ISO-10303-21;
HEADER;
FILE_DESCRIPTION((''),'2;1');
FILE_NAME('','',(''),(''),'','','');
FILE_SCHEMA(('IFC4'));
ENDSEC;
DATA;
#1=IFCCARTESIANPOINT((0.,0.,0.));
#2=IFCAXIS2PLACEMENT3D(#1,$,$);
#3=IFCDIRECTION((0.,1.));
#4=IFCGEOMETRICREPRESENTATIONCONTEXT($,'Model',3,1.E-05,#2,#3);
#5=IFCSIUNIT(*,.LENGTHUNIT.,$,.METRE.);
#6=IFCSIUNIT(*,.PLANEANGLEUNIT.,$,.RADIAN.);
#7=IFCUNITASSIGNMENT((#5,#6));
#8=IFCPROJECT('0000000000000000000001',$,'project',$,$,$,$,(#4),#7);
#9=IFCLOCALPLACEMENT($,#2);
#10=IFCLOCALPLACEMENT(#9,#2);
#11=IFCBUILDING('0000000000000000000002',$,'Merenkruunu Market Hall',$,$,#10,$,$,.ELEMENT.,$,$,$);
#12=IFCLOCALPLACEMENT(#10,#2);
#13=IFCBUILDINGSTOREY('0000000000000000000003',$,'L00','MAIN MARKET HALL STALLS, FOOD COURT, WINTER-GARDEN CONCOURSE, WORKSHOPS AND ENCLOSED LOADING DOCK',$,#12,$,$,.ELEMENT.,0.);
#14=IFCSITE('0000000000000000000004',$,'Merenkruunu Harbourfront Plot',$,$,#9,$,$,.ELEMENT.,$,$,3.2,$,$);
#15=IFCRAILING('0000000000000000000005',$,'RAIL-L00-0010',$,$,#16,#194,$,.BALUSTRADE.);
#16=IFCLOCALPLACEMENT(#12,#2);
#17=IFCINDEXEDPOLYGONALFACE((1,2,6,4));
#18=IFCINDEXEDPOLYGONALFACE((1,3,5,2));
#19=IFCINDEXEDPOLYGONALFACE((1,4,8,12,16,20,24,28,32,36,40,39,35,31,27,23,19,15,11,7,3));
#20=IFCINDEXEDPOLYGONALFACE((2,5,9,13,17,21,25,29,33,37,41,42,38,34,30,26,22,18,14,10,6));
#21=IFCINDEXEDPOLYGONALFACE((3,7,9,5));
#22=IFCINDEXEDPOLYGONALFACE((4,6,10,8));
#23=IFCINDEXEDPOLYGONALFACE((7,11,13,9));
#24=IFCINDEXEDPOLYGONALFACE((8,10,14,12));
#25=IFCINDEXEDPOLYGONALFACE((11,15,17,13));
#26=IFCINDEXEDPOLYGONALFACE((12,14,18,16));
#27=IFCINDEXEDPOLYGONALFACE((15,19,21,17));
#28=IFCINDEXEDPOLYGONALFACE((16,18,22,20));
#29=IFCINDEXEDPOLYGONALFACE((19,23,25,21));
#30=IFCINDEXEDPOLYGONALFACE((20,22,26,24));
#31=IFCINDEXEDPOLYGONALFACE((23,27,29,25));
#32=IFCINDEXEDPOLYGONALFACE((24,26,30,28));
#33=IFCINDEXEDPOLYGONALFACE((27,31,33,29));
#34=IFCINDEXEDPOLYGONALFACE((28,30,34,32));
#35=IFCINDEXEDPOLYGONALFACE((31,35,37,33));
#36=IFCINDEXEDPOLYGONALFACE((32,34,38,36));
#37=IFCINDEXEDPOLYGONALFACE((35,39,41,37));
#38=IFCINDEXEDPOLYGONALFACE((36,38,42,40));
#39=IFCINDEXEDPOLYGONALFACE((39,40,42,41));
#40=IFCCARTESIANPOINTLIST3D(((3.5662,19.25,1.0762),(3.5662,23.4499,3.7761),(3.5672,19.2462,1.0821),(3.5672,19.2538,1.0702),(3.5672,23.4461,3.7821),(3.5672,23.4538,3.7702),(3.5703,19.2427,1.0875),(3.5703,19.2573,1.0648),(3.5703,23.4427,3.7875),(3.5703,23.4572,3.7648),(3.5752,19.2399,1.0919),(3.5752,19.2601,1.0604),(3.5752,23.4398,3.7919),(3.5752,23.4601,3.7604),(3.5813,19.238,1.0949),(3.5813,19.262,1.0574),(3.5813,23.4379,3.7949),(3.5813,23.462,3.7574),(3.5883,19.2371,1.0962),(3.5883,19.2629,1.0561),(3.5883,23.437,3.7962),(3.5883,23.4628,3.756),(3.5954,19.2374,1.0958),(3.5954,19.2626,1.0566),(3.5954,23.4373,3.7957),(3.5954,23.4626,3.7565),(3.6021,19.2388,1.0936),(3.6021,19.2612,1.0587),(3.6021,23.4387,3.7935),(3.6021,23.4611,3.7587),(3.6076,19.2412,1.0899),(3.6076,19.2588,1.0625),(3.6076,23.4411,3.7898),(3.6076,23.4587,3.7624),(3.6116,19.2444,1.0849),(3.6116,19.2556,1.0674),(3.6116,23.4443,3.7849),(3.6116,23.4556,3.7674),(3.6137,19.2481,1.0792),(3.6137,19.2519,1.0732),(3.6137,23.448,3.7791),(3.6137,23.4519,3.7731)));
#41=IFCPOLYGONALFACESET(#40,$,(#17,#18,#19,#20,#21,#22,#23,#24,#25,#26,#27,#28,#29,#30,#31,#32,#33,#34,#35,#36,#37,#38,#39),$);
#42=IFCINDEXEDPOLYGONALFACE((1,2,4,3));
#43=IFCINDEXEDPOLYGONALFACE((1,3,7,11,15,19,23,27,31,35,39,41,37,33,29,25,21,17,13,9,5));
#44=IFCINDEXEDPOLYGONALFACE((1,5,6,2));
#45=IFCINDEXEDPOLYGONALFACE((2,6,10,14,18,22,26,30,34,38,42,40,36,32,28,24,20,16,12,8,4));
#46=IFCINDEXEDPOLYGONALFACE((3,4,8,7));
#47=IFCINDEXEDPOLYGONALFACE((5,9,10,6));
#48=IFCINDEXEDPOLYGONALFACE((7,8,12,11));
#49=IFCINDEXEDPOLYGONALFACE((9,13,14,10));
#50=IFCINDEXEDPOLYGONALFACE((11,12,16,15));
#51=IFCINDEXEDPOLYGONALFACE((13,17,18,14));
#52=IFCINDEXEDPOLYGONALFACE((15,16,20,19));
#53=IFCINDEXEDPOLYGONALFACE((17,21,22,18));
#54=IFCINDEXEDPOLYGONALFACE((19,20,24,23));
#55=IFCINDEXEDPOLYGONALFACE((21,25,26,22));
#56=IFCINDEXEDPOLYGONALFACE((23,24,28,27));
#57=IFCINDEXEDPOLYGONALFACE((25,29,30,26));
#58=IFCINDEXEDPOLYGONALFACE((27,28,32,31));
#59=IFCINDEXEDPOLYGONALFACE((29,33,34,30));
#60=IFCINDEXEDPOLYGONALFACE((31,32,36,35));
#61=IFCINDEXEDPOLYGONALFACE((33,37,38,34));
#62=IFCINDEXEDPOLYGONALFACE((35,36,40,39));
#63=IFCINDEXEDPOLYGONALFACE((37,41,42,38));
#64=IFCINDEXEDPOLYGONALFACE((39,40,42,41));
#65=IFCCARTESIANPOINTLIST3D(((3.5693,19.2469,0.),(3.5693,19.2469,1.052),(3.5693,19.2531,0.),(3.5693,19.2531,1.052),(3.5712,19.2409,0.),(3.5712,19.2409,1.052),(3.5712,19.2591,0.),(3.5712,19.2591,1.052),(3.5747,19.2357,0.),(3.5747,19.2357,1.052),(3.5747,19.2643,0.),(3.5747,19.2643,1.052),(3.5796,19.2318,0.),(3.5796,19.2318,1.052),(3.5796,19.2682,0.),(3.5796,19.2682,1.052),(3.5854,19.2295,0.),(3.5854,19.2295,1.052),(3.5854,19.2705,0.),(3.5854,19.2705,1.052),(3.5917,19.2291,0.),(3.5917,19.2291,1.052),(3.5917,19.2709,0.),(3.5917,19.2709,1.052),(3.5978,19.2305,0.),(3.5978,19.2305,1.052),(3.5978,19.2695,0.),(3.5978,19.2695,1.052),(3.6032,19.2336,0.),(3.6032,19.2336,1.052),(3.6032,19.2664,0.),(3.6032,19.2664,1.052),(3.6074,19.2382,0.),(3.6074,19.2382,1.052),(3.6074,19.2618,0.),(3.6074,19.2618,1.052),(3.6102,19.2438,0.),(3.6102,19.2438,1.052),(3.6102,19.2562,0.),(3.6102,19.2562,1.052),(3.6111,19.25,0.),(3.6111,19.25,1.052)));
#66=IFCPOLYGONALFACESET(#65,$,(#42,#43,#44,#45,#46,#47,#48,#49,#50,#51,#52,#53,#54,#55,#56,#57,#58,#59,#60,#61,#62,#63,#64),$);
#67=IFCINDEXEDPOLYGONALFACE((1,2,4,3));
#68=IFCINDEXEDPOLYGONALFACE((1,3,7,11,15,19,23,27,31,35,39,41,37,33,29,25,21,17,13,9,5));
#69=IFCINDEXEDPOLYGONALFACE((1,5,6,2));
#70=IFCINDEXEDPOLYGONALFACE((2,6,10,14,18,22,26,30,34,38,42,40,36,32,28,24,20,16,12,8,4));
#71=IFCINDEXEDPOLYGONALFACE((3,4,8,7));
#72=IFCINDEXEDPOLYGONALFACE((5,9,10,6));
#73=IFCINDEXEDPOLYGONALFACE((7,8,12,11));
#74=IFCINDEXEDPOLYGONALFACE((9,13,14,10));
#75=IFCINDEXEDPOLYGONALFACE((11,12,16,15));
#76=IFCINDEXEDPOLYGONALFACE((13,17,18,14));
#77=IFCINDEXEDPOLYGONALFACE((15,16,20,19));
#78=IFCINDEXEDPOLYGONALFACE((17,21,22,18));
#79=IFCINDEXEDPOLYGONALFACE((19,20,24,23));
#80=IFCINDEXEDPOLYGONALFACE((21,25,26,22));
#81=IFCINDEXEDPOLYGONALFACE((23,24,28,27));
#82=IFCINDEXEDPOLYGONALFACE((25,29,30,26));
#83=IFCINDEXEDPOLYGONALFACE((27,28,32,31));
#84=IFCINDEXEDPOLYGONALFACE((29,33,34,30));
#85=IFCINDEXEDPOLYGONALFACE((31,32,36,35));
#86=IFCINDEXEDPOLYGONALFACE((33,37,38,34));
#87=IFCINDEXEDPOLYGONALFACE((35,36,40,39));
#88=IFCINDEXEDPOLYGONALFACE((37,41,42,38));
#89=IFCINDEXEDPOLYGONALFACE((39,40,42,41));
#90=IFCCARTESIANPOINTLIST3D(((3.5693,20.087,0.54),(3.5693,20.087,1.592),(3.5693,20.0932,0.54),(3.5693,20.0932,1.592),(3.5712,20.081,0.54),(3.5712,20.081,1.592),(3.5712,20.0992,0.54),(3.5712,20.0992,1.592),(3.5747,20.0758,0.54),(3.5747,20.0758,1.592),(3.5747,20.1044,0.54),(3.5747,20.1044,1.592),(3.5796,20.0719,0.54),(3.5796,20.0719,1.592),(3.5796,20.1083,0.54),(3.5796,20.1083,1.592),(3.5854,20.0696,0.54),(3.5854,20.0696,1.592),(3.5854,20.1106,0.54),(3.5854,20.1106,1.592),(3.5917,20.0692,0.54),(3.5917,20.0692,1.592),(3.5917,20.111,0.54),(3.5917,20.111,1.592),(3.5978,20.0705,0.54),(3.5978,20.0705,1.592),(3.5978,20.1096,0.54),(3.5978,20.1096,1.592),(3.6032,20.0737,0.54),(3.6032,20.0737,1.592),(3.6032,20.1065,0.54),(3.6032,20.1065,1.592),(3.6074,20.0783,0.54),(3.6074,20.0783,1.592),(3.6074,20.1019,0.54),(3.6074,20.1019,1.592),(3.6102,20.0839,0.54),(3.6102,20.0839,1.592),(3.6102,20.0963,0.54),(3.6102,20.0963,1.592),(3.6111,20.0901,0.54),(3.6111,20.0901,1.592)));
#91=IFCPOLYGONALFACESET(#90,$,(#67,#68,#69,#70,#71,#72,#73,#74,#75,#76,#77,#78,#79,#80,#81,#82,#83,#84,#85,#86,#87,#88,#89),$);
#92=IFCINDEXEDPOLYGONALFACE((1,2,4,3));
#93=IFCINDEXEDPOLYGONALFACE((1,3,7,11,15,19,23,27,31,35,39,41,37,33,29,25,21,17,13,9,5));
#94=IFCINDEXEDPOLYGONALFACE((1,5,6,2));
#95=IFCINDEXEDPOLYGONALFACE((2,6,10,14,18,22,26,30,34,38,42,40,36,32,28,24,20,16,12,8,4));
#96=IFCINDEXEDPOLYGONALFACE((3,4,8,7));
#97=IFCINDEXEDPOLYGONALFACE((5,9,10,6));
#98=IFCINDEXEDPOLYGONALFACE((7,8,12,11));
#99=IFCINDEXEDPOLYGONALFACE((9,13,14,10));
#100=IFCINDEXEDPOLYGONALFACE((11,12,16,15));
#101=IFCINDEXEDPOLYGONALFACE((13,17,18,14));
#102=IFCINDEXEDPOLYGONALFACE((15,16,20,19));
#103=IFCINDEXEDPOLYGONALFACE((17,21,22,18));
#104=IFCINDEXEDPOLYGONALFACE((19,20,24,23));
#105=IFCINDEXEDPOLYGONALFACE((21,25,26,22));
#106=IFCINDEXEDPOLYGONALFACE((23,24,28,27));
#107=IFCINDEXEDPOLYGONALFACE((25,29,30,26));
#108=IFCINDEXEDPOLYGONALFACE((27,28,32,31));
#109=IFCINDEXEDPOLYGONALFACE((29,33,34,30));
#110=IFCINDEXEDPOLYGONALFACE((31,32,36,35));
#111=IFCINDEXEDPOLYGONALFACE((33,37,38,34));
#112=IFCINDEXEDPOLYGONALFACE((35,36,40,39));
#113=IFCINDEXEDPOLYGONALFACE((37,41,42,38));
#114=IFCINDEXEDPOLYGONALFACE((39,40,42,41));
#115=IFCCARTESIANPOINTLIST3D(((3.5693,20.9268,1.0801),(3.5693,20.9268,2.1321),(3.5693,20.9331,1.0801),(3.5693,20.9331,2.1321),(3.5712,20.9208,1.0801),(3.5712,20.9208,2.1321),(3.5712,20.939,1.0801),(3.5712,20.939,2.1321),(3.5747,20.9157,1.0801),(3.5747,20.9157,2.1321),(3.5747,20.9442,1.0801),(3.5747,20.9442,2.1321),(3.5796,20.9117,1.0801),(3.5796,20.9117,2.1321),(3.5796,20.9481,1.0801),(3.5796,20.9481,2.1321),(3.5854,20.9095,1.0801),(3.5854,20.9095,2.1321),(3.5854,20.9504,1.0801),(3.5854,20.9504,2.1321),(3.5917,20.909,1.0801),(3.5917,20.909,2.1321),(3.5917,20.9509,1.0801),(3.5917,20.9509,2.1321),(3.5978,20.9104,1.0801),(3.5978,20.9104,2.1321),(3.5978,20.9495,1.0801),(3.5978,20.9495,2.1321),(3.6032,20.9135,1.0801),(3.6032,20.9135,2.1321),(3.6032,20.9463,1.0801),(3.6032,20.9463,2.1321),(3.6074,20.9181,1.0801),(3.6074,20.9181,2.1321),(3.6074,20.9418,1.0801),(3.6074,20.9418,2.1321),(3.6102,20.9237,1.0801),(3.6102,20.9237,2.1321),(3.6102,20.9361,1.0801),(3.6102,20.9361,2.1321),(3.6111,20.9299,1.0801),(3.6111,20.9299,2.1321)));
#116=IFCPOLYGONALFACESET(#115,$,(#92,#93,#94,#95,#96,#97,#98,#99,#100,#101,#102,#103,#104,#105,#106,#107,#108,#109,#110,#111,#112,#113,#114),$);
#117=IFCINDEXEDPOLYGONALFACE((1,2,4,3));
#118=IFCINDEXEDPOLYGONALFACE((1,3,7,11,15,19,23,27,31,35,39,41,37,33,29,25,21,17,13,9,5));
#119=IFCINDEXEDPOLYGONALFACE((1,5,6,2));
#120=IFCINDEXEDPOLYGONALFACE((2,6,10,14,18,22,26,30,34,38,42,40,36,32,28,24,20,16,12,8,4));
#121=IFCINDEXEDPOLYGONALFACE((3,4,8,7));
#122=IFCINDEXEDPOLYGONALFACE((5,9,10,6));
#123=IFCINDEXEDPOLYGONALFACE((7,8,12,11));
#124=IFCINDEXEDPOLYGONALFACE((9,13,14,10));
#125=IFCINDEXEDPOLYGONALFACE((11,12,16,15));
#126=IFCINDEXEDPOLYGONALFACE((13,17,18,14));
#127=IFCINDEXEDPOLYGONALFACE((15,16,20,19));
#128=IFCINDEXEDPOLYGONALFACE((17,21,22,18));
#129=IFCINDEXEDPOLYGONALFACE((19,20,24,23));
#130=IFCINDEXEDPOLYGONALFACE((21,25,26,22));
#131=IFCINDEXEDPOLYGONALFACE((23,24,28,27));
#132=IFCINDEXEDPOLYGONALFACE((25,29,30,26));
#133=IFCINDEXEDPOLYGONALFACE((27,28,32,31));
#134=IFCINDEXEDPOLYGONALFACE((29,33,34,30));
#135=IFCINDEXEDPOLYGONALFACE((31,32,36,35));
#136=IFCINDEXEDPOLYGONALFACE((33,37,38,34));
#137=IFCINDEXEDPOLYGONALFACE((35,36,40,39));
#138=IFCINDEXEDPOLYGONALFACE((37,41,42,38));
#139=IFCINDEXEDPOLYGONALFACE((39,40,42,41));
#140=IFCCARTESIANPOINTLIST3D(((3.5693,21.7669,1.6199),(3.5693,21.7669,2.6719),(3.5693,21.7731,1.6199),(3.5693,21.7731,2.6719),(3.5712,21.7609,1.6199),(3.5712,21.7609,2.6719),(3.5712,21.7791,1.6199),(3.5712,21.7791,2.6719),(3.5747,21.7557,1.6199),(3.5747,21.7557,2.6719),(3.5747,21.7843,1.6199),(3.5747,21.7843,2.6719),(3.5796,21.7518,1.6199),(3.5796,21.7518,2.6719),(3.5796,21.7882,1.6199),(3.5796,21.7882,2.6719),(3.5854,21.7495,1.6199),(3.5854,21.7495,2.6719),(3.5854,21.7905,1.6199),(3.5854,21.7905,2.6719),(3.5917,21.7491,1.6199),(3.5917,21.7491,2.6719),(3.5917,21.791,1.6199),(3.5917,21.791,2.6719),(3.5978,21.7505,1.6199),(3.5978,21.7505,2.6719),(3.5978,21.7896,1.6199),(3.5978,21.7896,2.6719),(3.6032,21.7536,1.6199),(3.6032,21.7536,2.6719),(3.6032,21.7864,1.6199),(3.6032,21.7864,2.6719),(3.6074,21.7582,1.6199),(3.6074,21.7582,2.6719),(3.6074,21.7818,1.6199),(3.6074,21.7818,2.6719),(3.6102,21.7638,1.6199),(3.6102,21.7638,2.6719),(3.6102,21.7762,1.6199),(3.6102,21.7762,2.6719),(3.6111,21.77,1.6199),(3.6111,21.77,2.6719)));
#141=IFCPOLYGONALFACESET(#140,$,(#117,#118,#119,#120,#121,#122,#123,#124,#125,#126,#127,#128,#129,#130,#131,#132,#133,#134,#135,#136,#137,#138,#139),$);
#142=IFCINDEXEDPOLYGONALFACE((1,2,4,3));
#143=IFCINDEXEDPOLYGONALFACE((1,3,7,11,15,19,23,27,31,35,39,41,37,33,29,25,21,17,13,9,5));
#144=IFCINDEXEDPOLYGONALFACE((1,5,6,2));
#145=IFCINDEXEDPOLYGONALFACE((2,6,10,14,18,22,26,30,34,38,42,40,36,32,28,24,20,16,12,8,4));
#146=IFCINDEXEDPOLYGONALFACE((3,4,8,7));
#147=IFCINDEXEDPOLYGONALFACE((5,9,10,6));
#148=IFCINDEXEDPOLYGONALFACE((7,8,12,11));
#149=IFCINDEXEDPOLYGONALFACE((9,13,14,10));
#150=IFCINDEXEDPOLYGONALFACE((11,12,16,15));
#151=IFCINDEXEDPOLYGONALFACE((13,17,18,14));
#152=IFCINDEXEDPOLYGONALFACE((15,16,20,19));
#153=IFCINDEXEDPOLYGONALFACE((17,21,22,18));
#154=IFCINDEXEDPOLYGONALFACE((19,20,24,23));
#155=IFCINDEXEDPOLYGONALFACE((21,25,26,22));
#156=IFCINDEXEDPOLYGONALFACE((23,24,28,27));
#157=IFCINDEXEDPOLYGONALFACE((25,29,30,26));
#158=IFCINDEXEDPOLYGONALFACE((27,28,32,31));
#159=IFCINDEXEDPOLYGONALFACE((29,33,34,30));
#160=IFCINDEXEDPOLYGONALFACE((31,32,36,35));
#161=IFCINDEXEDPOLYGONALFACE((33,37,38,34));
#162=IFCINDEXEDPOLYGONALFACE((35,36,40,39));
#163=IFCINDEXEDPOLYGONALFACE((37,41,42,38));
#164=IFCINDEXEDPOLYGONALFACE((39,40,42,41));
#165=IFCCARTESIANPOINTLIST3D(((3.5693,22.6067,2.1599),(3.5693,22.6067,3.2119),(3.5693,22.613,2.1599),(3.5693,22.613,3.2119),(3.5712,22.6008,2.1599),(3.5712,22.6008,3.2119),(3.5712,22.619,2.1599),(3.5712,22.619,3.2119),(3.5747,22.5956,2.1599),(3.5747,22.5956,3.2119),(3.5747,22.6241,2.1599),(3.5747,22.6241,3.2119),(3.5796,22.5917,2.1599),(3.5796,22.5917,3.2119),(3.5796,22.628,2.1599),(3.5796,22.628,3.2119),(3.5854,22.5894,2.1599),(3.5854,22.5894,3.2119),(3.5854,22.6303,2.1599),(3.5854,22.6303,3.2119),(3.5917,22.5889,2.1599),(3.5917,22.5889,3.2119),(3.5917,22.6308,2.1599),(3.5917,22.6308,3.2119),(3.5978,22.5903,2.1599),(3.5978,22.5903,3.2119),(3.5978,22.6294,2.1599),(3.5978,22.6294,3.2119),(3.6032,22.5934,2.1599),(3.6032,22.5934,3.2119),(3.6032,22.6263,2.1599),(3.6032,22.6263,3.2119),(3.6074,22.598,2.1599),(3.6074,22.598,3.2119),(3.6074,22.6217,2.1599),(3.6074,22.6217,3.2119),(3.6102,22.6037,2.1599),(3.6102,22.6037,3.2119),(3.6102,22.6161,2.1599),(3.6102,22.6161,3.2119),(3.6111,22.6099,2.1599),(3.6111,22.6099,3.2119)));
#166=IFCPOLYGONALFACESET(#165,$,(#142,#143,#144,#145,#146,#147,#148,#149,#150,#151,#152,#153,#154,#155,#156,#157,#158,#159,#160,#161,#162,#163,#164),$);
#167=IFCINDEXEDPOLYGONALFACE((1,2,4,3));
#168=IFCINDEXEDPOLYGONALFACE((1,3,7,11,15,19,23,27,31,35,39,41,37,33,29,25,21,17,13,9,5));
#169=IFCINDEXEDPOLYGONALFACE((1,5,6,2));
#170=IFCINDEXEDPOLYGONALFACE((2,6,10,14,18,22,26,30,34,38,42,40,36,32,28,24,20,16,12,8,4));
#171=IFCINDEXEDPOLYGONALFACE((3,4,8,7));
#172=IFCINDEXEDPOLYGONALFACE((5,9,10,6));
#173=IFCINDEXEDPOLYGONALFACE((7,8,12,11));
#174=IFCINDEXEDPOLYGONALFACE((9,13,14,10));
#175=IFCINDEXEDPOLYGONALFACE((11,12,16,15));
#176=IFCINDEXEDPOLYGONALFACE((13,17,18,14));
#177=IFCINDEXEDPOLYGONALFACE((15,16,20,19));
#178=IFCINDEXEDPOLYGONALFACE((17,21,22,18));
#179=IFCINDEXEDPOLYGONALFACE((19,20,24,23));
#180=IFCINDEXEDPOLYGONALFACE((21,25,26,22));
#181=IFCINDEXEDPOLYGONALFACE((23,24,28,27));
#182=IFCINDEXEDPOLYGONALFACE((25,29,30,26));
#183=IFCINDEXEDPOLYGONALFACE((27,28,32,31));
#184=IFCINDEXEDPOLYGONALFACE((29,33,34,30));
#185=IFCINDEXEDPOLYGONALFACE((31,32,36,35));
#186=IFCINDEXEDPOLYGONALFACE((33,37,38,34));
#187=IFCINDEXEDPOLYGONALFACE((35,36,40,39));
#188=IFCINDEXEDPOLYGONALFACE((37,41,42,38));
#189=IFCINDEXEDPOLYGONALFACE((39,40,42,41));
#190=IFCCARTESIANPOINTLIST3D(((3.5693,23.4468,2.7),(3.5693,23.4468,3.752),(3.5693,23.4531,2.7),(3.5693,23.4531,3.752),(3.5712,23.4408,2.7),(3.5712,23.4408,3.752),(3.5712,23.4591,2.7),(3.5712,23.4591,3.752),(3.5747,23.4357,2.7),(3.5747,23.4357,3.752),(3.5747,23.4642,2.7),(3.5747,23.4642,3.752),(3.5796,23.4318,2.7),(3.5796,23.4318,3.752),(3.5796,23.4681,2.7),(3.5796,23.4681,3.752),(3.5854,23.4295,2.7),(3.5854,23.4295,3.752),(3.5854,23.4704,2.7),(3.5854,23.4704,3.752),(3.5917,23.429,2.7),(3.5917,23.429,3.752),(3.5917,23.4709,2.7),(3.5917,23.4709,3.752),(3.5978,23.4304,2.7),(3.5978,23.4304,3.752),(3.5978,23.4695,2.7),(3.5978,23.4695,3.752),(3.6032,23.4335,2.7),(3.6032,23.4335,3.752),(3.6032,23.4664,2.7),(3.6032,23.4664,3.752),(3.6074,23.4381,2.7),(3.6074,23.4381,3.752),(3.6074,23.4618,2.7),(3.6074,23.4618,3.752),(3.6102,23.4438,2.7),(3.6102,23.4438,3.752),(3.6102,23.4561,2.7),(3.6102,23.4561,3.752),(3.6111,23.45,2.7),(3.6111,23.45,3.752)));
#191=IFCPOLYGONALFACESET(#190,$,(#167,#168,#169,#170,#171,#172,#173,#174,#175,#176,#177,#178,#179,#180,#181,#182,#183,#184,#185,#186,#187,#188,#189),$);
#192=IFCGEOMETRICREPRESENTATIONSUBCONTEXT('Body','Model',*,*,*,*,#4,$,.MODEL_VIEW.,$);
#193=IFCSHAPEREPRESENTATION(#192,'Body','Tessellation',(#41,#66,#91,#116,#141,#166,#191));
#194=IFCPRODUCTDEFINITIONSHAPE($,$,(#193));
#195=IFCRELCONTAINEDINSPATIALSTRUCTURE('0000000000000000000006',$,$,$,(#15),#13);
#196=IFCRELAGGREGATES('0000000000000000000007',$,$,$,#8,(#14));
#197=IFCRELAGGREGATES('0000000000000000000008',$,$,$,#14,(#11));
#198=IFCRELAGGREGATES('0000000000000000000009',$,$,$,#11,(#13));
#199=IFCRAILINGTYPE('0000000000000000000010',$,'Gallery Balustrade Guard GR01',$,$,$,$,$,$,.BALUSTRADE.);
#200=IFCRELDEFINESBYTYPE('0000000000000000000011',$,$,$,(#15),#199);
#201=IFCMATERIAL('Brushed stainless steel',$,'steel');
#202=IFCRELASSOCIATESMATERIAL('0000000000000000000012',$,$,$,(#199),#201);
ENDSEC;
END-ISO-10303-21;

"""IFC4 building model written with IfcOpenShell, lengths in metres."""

from ifc_helpers import new_model, si_unit, direction, frame, origin, origin_2d, place, context, subcontext, project, spatial, circle, extrude, material, type_object, element, save


model = new_model("IFC4")

# Units and contexts
model_context = context("Model", 3, precision=1e-05, world=origin(), true_north=direction((0.0, 1.0)))
body_context = subcontext(model_context, "Body", "Model", "MODEL_VIEW")
ifc_project = project(units=[si_unit("LENGTHUNIT", "METRE"), si_unit("PLANEANGLEUNIT", "RADIAN")], contexts=[model_context])

# Site, building, storey
site_placement = place(None, origin())
site = spatial("IfcSite", under=ifc_project, at=site_placement, Name="Merenkruunu Harbourfront Plot", CompositionType="ELEMENT", RefElevation=3.2)
building_placement = place(site_placement, origin())
building = spatial("IfcBuilding", under=site, at=building_placement, Name="Merenkruunu Market Hall", CompositionType="ELEMENT")
storey_placement = place(building_placement, origin())
storey = spatial("IfcBuildingStorey", under=building, at=storey_placement, Name="L00", Description="MAIN MARKET HALL STALLS, FOOD COURT, WINTER-GARDEN CONCOURSE, WORKSHOPS AND ENCLOSED LOADING DOCK", CompositionType="ELEMENT", Elevation=0.0)

# Railing
ifc_material_1 = material(Name="Brushed stainless steel", Category="steel")
railing_type_1 = type_object("IfcRailingType", Name="Gallery Balustrade Guard GR01", PredefinedType="BALUSTRADE", material=ifc_material_1)
railing_1_placement = place(storey_placement, frame((3.5901, 19.25, 0.0)))
element("IfcRailing", 1, at=railing_1_placement, inside=storey, type_object=railing_type_1, Name="RAIL-L00-0010", PredefinedType="BALUSTRADE", context=body_context, shape_type="SweptSolid", body=[
    extrude(circle(Radius=0.0239, at=origin_2d()), frame((0.0, 0.0, 1.0762), z_axis=(0.0, 0.84118, 0.540755), x_axis=(-1.0, 0.0, 0.0)), (0.0, 0.0, 1.0), 4.9929),
    extrude(circle(Radius=0.021, at=origin_2d()), origin(), (0.0, 0.0, 1.0), 1.052),
    extrude(circle(Radius=0.021, at=origin_2d()), frame((0.0, 0.8401, 0.54)), (0.0, 0.0, 1.0), 1.052),
    extrude(circle(Radius=0.021, at=origin_2d()), frame((0.0, 1.6799, 1.0801)), (0.0, 0.0, 1.0), 1.052),
    extrude(circle(Radius=0.021, at=origin_2d()), frame((0.0, 2.52, 1.6199)), (0.0, 0.0, 1.0), 1.052),
    extrude(circle(Radius=0.021, at=origin_2d()), frame((0.0, 3.3599, 2.1599)), (0.0, 0.0, 1.0), 1.052),
    extrude(circle(Radius=0.021, at=origin_2d()), frame((0.0, 4.2, 2.7)), (0.0, 0.0, 1.0), 1.052),
])

save(model, "model.ifc")
